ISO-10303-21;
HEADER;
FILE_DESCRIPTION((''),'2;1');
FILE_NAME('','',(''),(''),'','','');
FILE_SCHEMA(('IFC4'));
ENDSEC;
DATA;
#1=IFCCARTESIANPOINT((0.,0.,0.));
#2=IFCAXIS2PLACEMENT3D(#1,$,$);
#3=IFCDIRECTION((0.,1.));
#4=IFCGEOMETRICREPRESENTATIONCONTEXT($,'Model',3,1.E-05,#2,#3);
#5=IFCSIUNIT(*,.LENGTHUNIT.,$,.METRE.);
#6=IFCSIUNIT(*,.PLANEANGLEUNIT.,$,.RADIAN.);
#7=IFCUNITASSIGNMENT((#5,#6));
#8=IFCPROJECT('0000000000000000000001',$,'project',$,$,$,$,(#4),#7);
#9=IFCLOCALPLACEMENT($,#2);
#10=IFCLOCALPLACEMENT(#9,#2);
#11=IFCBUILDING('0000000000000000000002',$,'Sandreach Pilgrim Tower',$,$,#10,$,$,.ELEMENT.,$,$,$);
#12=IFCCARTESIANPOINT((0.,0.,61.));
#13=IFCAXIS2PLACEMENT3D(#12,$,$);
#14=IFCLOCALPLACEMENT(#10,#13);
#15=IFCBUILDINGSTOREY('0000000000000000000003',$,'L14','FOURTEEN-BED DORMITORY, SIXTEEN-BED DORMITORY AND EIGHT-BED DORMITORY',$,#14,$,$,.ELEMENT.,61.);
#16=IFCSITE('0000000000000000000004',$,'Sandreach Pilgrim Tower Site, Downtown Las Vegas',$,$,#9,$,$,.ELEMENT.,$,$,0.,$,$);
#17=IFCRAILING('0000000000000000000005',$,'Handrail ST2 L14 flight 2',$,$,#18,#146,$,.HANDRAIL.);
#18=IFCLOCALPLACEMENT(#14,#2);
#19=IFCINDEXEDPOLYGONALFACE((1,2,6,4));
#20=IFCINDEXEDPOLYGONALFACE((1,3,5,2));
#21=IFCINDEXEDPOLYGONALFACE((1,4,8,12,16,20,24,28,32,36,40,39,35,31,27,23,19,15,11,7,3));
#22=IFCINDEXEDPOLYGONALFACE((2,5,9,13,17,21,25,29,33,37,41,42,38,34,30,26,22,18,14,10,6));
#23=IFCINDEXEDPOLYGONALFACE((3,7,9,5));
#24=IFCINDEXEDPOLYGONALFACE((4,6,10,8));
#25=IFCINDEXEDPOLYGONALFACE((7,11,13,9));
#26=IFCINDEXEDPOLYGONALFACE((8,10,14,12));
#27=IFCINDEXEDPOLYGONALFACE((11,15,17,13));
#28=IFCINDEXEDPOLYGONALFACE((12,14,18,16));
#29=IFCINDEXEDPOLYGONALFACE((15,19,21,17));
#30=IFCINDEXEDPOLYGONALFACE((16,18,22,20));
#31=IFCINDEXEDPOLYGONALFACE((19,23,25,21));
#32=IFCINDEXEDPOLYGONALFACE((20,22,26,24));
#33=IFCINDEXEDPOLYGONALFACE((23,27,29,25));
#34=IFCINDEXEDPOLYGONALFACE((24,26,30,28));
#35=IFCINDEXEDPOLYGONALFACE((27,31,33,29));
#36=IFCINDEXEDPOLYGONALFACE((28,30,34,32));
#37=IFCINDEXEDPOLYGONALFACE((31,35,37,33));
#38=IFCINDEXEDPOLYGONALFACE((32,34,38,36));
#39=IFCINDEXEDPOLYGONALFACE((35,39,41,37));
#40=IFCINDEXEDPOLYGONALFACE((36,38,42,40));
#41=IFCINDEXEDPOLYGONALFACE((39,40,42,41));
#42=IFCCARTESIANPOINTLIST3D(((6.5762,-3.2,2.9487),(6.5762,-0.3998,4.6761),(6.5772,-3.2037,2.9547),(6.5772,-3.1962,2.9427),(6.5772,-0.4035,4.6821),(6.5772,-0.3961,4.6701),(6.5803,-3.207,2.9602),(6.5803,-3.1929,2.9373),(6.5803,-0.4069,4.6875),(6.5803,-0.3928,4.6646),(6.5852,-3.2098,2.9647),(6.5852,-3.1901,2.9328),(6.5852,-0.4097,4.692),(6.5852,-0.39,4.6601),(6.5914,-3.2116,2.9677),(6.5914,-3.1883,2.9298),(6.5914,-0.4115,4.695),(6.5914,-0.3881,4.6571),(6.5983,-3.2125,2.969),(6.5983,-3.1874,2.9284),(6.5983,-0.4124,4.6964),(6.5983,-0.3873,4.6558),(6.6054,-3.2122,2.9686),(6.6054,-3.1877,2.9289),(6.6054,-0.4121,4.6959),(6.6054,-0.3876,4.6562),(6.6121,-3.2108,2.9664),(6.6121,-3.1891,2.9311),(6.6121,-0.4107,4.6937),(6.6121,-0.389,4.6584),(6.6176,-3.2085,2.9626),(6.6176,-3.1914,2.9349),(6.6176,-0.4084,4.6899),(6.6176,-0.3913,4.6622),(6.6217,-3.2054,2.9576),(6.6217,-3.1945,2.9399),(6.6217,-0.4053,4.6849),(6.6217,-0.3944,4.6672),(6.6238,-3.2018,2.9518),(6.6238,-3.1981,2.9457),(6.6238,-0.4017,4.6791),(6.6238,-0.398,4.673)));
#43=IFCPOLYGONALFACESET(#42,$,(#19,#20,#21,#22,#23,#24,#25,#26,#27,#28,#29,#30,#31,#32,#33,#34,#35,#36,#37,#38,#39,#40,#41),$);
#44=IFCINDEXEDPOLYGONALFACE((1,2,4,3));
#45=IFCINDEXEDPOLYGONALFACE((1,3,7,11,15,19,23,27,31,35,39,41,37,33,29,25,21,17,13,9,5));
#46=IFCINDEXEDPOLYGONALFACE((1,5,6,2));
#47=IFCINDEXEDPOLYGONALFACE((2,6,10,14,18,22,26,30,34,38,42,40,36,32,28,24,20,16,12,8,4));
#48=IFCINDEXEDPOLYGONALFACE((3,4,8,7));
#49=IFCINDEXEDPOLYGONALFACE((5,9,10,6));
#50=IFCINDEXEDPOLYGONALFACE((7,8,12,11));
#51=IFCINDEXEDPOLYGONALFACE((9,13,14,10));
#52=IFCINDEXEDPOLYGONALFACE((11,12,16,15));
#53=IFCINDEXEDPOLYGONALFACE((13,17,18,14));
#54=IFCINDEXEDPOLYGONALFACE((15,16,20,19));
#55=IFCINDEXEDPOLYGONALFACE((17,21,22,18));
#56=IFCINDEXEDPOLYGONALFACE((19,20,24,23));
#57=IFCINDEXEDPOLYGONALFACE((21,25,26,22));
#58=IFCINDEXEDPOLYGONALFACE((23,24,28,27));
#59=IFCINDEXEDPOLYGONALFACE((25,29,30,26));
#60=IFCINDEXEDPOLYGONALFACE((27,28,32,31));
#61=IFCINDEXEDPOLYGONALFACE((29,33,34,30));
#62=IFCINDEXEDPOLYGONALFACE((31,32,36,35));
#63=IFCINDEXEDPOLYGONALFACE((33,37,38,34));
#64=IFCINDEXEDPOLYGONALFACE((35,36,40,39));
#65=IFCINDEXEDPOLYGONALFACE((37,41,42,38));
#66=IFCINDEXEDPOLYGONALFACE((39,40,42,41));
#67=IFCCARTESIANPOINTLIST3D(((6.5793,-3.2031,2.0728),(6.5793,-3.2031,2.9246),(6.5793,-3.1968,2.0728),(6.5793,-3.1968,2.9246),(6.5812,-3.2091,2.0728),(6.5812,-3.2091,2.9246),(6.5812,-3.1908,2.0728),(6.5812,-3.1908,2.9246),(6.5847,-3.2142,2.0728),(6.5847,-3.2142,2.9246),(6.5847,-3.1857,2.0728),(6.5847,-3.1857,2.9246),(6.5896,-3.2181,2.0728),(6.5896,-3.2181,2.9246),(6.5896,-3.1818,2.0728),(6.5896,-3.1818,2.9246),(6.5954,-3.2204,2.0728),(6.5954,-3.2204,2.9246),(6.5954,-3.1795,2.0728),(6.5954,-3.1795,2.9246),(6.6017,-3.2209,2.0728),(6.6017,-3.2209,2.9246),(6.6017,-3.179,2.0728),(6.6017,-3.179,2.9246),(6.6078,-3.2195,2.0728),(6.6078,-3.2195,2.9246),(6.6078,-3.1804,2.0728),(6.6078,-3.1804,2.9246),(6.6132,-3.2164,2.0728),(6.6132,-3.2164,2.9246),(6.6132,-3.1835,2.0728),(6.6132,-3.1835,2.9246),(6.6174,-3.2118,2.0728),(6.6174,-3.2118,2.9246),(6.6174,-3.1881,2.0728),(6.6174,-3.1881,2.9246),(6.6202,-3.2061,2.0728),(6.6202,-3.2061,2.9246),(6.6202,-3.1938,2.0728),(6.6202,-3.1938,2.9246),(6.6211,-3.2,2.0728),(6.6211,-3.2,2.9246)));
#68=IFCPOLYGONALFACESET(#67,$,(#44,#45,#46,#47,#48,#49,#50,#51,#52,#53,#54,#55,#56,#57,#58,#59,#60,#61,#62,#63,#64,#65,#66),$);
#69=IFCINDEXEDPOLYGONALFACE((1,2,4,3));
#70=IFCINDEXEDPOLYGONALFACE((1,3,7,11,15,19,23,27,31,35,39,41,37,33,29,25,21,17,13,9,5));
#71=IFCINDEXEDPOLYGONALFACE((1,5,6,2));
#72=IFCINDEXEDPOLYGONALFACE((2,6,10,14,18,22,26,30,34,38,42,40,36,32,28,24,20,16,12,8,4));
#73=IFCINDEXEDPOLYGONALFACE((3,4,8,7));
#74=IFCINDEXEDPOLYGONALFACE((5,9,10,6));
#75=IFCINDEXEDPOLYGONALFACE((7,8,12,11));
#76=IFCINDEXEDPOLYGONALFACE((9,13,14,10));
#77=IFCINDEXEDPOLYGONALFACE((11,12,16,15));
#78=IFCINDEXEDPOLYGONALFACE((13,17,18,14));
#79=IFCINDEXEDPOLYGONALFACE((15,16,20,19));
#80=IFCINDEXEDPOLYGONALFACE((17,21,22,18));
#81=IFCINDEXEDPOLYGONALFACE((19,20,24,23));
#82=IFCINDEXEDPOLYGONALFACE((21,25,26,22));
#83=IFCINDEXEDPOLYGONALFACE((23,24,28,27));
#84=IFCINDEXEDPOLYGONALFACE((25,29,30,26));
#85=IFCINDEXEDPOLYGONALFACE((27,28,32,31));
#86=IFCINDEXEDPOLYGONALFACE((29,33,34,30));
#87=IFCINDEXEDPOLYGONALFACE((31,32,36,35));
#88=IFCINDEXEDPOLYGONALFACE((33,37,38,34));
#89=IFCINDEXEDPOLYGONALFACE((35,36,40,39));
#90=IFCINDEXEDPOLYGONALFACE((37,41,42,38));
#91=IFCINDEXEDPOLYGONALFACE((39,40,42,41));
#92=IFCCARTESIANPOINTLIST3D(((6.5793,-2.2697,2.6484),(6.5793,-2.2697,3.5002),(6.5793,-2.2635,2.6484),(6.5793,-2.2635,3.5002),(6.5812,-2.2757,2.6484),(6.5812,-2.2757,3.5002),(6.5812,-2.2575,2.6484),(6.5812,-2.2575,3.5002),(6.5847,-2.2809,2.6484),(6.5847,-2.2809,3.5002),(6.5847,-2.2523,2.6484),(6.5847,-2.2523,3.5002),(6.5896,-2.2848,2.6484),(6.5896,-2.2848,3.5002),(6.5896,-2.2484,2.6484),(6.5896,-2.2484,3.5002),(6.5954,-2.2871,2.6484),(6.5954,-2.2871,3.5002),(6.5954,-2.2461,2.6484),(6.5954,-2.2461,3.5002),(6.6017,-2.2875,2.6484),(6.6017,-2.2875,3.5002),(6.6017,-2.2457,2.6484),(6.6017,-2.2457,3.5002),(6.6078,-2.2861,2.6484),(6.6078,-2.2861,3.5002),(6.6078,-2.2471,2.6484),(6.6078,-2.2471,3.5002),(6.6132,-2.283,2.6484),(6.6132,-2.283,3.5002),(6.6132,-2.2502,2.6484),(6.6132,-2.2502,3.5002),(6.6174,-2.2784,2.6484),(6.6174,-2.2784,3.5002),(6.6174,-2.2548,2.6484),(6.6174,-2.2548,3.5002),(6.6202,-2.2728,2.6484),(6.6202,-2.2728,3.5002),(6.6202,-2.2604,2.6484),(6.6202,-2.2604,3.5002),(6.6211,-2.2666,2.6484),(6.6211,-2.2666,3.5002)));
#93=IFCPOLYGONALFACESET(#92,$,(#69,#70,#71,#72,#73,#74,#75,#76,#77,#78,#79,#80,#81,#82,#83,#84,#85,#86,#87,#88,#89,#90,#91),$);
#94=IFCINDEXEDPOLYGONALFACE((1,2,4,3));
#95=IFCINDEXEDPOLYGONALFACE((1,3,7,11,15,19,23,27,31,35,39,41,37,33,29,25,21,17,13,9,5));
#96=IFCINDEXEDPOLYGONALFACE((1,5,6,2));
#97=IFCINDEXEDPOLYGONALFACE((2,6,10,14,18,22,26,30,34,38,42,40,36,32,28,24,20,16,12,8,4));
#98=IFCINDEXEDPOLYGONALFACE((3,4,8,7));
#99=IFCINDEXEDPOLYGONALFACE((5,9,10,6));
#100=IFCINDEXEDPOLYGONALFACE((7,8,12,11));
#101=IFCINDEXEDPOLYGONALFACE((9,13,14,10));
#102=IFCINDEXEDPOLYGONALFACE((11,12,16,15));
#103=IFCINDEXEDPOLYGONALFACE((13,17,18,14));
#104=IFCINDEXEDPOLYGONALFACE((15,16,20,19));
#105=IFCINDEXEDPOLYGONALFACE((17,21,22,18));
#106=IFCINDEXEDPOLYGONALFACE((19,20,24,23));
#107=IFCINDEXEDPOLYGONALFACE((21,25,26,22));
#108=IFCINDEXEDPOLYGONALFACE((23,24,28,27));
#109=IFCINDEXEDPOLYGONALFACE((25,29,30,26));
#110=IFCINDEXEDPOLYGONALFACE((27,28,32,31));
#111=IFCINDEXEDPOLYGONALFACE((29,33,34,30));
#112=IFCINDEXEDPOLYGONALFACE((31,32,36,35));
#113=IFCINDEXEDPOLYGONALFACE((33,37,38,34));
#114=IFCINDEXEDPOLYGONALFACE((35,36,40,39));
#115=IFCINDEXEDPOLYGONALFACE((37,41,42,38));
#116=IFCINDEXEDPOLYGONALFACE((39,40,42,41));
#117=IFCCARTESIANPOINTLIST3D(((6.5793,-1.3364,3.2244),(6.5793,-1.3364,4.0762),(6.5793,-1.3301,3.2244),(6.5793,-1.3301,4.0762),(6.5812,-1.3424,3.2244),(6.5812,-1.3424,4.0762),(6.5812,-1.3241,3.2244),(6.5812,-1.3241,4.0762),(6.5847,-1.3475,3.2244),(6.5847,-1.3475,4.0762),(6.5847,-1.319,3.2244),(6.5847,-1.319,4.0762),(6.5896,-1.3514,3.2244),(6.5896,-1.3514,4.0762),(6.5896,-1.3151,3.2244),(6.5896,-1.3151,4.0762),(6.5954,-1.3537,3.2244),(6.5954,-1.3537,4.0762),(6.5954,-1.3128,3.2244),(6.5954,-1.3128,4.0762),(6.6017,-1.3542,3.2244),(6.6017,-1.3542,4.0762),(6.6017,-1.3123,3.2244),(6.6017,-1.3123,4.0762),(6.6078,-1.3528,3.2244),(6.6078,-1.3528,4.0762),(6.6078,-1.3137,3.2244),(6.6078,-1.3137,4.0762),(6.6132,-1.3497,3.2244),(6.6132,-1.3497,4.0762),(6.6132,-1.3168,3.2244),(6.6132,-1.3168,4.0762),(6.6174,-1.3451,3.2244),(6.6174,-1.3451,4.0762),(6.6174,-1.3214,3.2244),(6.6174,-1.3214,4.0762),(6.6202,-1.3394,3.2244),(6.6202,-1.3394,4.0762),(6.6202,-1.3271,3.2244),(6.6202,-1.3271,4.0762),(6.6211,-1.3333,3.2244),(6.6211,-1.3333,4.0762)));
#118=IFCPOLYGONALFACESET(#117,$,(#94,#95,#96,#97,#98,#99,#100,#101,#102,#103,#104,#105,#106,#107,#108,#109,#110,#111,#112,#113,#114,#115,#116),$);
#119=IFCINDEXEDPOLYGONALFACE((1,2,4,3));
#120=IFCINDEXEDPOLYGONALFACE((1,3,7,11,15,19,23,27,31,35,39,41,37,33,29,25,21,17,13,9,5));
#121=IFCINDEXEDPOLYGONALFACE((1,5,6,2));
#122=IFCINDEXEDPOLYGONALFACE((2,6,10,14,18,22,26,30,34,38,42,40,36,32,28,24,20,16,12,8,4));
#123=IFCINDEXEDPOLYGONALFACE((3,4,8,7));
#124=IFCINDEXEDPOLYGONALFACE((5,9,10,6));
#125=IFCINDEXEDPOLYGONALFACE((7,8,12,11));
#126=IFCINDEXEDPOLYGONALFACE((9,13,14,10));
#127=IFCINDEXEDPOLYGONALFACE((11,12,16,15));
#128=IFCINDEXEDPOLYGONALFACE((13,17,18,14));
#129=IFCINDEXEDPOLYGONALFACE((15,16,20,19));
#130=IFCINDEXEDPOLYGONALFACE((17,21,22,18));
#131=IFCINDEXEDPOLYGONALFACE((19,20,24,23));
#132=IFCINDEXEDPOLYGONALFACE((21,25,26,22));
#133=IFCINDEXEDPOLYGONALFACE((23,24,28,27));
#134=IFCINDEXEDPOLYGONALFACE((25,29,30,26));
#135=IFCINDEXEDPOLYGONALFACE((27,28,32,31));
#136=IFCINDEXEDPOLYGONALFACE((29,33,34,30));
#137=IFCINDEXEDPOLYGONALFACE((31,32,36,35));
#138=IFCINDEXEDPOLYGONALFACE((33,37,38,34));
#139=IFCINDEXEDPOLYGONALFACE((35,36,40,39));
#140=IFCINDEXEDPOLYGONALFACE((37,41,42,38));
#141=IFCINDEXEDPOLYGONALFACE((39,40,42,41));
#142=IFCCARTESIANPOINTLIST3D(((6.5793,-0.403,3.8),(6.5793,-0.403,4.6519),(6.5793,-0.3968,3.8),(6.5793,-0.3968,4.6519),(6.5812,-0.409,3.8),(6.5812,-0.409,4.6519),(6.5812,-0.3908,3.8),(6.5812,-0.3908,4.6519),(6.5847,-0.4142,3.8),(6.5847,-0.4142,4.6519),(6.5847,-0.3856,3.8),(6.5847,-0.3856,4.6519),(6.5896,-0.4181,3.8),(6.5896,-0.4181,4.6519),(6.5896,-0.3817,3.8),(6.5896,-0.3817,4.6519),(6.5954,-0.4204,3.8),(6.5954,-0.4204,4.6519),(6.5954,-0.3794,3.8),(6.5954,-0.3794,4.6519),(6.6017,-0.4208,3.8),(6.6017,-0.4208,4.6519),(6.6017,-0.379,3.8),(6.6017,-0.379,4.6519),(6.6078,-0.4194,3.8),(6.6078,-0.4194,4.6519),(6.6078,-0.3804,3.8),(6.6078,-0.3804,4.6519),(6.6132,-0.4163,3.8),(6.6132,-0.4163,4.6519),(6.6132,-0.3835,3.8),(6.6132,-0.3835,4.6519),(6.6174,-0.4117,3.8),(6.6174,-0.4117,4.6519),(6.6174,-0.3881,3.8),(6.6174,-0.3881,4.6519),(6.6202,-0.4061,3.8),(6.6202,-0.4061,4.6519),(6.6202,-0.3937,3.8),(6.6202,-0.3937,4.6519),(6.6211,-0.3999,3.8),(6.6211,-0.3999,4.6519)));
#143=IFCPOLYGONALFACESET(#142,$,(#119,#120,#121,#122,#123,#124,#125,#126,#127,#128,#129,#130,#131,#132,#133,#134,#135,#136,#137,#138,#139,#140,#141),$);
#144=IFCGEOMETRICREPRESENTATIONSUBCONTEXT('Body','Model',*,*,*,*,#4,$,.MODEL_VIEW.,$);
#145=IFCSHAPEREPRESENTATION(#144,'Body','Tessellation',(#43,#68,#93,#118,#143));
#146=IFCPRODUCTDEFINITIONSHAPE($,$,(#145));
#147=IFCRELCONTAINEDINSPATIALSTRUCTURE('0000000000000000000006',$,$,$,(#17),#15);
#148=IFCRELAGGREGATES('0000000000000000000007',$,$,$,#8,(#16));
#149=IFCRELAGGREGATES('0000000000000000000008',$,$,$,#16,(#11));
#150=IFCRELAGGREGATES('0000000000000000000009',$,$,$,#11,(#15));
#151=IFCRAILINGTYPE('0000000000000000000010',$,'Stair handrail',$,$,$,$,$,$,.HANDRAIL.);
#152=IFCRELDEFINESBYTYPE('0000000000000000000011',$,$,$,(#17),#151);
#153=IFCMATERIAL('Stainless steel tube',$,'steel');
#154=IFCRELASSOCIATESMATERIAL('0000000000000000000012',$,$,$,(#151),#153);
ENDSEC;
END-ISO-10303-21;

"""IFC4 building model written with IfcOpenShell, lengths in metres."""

from ifc_helpers import new_model, si_unit, direction, frame, origin, origin_2d, place, context, subcontext, project, spatial, circle, extrude, material, type_object, element, save


model = new_model("IFC4")

# Units and contexts
model_context = context("Model", 3, precision=1e-05, world=origin(), true_north=direction((0.0, 1.0)))
body_context = subcontext(model_context, "Body", "Model", "MODEL_VIEW")
ifc_project = project(units=[si_unit("LENGTHUNIT", "METRE"), si_unit("PLANEANGLEUNIT", "RADIAN")], contexts=[model_context])

# Site, building, storey
site_placement = place(None, origin())
site = spatial("IfcSite", under=ifc_project, at=site_placement, Name="Sandreach Pilgrim Tower Site, Downtown Las Vegas", CompositionType="ELEMENT", RefElevation=0.0)
building_placement = place(site_placement, origin())
building = spatial("IfcBuilding", under=site, at=building_placement, Name="Sandreach Pilgrim Tower", CompositionType="ELEMENT")
storey_placement = place(building_placement, frame((0.0, 0.0, 61.0)))
storey = spatial("IfcBuildingStorey", under=building, at=storey_placement, Name="L14", Description="FOURTEEN-BED DORMITORY, SIXTEEN-BED DORMITORY AND EIGHT-BED DORMITORY", CompositionType="ELEMENT", Elevation=61.0)

# Railing
ifc_material_1 = material(Name="Stainless steel tube", Category="steel")
railing_type = type_object("IfcRailingType", Name="Stair handrail", PredefinedType="HANDRAIL", material=ifc_material_1)
for number, where, name in (
    (1, (6.6001, -3.2, 2.0728), "Handrail ST2 L14 flight 2"),
):
    element("IfcRailing", number, at=place(storey_placement, frame(where)), inside=storey, type_object=railing_type, Name=name, PredefinedType="HANDRAIL", context=body_context, shape_type="SweptSolid", body=[
        extrude(circle(Radius=0.0239, at=origin_2d()), frame((0.0, 0.0, 0.876), z_axis=(0.0, 0.85109, 0.52502), x_axis=(-1.0, 0.0, 0.0)), (0.0, 0.0, 1.0), 3.29),
        extrude(circle(Radius=0.021, at=origin_2d()), origin(), (0.0, 0.0, 1.0), 0.8518),
        extrude(circle(Radius=0.021, at=origin_2d()), frame((0.0, 0.9333, 0.5757)), (0.0, 0.0, 1.0), 0.8518),
        extrude(circle(Radius=0.021, at=origin_2d()), frame((0.0, 1.8667, 1.1516)), (0.0, 0.0, 1.0), 0.8518),
        extrude(circle(Radius=0.021, at=origin_2d()), frame((0.0, 2.8, 1.7273)), (0.0, 0.0, 1.0), 0.8518),
    ])

save(model, "model.ifc")
